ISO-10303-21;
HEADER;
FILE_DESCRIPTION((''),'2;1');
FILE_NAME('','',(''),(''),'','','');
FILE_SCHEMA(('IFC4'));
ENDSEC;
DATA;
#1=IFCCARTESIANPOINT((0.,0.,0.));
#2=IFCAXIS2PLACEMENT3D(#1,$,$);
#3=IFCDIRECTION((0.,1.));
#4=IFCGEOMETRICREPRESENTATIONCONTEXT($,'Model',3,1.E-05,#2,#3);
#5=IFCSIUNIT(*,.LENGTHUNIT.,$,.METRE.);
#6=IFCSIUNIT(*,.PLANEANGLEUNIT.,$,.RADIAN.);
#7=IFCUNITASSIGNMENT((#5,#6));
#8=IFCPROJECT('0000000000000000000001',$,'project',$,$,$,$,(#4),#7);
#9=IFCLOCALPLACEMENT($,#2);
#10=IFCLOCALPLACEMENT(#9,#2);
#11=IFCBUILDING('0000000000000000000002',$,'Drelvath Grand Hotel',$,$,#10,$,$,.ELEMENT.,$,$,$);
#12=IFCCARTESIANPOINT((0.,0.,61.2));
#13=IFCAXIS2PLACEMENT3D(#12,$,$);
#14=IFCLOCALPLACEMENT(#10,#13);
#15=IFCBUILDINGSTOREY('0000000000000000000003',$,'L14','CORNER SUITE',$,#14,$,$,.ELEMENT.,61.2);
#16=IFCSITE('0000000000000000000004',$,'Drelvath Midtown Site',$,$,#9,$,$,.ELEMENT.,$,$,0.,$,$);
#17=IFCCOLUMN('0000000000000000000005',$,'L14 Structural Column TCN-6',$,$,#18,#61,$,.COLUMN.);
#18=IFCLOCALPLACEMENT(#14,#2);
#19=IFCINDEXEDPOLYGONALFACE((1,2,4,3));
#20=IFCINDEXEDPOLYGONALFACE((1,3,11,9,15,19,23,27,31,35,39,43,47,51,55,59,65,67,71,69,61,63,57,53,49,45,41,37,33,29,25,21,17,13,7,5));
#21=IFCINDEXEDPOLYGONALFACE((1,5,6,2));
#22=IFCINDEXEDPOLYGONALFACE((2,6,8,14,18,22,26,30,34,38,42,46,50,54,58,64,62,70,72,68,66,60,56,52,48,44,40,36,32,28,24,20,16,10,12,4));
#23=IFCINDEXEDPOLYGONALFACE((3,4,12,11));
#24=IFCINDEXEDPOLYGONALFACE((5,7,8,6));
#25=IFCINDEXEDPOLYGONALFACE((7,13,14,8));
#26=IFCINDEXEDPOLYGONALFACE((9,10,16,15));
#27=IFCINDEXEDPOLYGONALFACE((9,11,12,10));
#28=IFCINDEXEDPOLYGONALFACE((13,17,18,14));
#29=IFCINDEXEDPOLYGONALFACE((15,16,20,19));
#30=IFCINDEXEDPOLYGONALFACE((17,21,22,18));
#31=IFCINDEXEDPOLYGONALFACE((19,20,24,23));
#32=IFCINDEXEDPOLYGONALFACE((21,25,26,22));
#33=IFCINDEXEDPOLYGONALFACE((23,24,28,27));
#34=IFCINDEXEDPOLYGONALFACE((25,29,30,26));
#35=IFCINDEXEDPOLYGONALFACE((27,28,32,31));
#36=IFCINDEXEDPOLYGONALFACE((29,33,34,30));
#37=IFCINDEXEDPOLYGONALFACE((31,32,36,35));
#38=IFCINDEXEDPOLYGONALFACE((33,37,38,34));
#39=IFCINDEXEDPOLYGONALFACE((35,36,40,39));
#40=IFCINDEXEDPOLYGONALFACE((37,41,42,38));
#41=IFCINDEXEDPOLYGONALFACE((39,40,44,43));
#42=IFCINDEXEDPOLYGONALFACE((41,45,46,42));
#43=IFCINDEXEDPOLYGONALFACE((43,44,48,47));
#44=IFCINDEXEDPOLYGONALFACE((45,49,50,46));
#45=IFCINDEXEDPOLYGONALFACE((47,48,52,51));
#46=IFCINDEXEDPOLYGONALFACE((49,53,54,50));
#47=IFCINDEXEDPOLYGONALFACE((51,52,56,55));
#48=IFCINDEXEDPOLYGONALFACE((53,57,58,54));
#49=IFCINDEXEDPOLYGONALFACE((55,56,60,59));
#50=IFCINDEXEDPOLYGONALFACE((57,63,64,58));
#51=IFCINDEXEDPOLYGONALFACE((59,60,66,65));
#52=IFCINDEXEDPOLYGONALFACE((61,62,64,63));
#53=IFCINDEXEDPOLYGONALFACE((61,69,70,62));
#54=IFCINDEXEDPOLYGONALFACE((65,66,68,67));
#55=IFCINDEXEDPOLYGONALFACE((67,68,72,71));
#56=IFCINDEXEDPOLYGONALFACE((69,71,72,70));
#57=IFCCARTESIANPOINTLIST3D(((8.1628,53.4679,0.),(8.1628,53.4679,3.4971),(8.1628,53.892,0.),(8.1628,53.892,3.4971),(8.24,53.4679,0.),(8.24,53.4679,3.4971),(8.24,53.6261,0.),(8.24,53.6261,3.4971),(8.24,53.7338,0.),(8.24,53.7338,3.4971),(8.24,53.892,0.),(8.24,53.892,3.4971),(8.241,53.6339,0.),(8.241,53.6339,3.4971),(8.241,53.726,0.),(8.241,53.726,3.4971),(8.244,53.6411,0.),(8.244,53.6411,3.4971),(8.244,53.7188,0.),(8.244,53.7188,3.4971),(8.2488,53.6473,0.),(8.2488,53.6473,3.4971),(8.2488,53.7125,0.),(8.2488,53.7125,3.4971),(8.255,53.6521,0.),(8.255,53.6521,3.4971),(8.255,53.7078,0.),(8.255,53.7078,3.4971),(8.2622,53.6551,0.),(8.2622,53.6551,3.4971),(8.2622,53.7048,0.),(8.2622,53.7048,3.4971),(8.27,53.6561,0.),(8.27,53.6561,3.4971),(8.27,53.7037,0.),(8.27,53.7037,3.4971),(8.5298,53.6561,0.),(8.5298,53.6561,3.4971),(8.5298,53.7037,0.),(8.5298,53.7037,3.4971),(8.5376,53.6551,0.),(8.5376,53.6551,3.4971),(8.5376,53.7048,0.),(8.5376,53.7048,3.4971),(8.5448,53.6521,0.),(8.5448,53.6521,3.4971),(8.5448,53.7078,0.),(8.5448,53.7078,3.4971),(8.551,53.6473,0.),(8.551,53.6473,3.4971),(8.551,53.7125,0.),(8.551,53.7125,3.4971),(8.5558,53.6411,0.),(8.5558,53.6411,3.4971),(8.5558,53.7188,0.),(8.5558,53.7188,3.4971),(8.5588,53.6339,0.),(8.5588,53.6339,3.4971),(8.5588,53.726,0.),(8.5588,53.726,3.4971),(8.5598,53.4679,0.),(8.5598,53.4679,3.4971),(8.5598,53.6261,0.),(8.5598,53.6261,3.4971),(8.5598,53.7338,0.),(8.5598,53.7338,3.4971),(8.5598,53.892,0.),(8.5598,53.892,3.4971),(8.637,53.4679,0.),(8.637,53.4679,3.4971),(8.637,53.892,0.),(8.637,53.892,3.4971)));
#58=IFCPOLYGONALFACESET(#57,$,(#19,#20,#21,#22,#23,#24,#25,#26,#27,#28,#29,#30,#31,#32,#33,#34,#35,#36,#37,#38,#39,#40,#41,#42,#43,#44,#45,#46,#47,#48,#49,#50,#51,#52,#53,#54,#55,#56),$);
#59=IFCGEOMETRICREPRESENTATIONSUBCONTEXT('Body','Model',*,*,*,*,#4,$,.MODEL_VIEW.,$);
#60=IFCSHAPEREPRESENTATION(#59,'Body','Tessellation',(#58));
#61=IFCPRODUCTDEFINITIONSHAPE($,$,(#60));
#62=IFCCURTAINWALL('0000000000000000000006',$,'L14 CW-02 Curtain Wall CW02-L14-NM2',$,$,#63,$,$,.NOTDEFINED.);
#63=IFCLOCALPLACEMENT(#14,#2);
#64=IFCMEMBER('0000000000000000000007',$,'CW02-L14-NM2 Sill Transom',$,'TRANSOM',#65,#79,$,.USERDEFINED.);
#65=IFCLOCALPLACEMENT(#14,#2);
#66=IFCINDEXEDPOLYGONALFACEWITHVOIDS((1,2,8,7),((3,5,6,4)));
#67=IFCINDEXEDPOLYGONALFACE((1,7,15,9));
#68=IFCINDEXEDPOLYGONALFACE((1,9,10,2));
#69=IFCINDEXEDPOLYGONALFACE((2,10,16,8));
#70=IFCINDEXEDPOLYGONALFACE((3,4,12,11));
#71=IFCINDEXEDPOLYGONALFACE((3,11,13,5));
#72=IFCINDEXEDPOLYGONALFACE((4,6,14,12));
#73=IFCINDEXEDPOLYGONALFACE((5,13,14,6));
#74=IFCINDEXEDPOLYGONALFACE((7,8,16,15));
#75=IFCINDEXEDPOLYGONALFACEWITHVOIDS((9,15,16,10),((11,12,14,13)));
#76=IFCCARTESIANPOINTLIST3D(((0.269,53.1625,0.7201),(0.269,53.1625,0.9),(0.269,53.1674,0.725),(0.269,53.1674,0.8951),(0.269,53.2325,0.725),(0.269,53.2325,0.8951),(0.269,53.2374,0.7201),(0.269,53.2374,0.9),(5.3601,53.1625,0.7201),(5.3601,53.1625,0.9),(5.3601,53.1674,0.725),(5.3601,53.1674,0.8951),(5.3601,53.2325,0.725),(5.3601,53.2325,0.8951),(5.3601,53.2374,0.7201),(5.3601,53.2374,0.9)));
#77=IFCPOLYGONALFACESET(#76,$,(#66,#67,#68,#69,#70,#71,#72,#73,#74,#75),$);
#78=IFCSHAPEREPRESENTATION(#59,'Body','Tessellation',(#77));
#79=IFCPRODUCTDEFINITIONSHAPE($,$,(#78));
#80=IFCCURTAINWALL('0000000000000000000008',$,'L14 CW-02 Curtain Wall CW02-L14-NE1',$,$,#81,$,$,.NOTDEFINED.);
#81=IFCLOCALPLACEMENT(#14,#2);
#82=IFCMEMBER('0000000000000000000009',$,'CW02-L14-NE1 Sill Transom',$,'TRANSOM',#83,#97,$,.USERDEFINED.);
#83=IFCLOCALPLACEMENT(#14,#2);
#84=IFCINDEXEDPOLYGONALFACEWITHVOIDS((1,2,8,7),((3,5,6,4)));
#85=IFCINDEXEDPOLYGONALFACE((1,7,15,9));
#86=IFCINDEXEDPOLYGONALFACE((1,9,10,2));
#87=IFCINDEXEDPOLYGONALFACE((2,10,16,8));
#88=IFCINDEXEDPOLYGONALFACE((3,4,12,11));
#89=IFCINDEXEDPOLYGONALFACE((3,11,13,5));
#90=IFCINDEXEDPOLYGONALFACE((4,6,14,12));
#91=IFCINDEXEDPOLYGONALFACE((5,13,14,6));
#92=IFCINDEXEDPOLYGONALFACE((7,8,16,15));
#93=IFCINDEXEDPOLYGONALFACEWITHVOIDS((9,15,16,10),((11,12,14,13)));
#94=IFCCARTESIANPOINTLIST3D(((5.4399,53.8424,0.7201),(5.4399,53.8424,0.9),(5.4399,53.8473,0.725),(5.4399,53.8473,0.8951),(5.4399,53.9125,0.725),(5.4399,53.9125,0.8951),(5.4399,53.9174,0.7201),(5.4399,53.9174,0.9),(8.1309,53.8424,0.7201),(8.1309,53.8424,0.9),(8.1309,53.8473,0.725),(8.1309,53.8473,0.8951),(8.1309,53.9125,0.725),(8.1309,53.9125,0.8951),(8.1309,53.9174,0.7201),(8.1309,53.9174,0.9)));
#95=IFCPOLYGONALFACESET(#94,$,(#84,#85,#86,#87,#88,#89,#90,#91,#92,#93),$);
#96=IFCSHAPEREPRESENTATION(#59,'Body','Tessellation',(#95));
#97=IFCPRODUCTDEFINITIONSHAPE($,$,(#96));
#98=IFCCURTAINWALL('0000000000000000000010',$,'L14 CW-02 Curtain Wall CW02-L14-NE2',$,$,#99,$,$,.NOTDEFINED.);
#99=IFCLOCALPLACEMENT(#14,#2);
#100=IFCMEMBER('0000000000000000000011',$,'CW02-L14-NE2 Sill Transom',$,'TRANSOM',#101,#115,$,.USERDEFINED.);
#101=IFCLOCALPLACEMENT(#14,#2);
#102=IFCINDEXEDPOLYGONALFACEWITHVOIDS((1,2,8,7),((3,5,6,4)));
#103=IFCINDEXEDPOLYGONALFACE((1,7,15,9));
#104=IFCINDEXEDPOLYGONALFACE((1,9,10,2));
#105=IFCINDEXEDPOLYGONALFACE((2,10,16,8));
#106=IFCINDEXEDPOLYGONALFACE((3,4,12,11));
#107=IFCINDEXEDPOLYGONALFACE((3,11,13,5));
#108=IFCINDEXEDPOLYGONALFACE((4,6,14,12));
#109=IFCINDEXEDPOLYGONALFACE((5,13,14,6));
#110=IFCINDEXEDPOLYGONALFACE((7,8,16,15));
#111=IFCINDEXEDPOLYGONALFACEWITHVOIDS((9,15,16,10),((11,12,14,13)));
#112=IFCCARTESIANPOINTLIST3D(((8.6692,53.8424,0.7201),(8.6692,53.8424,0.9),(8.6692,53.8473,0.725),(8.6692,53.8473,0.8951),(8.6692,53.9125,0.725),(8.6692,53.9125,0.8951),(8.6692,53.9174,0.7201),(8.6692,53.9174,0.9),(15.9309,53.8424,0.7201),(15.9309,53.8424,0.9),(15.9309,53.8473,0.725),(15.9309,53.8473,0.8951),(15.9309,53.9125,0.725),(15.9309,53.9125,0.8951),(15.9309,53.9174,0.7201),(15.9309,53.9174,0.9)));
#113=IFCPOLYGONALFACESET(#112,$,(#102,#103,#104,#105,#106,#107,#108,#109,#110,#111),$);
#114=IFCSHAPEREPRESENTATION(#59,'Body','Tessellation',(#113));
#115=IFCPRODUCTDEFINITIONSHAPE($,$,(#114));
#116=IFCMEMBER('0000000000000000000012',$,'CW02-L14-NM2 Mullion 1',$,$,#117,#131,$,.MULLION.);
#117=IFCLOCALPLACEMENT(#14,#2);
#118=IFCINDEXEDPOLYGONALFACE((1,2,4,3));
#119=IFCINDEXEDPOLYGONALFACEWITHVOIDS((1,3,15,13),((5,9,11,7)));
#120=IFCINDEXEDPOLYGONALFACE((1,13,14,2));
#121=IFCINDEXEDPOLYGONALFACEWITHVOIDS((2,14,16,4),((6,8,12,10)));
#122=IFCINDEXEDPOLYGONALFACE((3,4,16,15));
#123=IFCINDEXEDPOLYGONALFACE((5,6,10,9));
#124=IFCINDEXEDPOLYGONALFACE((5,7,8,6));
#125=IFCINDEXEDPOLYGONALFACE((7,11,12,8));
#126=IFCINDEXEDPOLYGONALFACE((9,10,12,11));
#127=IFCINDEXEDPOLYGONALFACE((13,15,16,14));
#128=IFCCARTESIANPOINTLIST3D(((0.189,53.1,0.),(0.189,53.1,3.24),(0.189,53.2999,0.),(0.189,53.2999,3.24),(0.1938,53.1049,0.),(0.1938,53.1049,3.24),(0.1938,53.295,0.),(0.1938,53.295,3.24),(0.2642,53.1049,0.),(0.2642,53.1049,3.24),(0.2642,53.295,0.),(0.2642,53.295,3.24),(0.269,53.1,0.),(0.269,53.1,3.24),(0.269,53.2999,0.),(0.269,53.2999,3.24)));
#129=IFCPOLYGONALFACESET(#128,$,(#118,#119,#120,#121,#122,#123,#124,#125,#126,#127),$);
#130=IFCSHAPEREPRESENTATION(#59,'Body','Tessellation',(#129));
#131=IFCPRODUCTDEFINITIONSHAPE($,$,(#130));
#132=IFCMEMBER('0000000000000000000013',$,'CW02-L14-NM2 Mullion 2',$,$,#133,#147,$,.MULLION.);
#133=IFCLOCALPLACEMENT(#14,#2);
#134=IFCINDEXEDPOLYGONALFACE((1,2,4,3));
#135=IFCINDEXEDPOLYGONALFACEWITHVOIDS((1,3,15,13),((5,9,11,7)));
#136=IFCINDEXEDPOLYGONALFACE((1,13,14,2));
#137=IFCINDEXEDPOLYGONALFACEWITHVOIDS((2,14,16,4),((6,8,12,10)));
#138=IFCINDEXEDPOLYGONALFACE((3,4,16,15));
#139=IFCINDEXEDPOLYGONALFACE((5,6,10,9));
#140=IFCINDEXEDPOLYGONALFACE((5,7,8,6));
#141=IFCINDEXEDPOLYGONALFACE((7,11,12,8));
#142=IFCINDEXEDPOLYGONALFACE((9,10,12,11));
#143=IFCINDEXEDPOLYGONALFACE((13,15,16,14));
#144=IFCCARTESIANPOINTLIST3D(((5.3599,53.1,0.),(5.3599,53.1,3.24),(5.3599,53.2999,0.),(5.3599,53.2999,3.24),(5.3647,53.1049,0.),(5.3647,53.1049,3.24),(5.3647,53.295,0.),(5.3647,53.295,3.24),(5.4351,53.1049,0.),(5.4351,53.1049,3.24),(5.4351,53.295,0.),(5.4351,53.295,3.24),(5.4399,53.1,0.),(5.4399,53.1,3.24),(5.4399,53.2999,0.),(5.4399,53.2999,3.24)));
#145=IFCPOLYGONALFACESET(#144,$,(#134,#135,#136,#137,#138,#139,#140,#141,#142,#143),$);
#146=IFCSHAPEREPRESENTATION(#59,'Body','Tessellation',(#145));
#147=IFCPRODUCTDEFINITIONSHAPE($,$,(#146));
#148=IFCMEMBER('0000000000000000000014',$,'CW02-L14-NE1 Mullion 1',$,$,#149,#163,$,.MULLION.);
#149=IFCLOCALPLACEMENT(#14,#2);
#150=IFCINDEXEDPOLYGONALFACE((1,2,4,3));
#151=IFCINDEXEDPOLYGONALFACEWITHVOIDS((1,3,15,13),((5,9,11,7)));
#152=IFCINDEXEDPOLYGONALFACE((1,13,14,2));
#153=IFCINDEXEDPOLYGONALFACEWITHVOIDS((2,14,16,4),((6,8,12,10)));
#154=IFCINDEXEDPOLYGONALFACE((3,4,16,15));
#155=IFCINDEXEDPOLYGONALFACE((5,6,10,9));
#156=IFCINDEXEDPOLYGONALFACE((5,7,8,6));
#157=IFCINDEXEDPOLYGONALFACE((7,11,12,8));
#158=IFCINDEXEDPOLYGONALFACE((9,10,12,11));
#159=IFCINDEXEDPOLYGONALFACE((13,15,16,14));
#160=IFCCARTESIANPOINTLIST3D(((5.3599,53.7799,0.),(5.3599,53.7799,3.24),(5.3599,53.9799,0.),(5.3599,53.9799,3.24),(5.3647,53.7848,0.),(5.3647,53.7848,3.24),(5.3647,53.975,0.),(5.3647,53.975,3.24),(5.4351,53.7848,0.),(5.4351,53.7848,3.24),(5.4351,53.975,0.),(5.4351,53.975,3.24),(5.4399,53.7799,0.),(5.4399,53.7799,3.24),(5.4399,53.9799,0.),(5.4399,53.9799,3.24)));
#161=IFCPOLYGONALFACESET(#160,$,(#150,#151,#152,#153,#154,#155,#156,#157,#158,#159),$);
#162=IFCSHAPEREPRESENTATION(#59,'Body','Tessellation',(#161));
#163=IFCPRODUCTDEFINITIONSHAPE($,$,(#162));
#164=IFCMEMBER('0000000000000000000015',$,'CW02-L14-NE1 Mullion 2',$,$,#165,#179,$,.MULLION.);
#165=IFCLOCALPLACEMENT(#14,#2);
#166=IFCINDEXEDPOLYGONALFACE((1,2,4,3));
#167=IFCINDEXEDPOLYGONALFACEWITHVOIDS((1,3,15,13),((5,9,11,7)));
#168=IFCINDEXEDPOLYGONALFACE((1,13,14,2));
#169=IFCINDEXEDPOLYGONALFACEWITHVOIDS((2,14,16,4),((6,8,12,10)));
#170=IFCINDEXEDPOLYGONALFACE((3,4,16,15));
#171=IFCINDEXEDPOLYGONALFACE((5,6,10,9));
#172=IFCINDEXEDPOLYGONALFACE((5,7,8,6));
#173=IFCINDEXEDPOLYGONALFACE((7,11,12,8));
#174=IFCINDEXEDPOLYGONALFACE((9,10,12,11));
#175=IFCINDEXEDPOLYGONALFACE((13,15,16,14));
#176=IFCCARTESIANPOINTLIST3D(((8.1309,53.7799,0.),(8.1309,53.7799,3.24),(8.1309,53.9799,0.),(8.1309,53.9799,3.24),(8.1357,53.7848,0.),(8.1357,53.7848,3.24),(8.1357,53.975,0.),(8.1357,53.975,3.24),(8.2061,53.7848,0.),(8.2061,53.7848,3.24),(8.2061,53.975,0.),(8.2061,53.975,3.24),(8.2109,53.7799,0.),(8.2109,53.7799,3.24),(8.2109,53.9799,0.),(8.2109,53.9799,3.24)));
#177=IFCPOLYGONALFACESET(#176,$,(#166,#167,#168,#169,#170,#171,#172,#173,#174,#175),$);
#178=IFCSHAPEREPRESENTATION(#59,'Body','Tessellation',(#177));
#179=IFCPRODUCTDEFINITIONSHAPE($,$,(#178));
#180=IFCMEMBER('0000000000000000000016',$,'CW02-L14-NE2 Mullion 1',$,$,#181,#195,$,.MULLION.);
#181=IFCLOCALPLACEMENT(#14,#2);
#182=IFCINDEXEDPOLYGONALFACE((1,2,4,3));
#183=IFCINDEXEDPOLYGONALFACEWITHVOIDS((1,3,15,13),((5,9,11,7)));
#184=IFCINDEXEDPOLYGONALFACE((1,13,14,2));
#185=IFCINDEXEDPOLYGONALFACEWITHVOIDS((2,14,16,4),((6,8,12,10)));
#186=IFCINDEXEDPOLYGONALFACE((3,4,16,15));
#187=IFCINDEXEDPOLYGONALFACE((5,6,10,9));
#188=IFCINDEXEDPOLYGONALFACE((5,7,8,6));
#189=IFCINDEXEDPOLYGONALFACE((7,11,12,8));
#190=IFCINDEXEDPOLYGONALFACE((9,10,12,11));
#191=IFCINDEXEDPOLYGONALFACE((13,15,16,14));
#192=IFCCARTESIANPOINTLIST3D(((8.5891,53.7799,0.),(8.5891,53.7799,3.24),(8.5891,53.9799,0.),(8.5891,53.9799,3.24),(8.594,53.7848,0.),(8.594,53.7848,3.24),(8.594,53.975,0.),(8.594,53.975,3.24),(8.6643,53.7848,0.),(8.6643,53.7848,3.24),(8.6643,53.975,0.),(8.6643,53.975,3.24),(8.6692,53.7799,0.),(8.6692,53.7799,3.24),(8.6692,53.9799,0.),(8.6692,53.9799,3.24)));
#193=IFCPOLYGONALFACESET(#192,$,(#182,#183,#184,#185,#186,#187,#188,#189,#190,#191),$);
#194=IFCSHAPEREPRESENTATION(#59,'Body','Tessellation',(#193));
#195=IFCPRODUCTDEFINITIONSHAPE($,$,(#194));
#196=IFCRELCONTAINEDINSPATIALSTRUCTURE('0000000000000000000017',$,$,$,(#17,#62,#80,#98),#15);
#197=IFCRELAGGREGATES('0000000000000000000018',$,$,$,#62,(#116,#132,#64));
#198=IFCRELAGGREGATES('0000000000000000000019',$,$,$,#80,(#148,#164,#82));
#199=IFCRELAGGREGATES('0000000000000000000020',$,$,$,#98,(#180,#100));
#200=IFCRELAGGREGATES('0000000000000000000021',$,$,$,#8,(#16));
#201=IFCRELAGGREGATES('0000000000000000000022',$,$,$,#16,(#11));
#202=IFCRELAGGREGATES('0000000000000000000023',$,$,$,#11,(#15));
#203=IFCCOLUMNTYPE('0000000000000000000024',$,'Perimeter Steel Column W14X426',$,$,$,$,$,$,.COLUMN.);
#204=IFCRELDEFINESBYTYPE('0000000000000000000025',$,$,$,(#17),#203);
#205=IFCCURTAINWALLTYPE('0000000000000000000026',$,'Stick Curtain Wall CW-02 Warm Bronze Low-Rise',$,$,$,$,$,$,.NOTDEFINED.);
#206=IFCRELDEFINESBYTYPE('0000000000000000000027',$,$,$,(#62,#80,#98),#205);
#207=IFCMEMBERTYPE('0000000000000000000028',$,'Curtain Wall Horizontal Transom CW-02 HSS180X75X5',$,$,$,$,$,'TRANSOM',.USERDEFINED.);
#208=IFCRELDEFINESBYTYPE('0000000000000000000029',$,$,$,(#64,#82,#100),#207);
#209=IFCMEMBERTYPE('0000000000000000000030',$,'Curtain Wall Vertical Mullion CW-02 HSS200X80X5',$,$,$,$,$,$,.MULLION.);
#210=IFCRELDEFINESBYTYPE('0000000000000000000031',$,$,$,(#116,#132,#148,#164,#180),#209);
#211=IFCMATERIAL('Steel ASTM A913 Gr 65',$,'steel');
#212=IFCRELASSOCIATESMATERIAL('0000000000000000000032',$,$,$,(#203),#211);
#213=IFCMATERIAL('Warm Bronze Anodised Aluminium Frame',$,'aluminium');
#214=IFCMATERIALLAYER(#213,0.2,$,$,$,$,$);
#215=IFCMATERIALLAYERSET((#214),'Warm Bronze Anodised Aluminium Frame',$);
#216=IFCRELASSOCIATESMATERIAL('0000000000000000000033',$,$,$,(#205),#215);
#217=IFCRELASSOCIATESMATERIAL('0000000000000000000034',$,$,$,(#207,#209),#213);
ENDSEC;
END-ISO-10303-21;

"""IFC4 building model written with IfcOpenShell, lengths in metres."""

from ifc_helpers import new_model, si_unit, direction, frame, origin, origin_2d, place, context, subcontext, project, spatial, hollow_rectangle, i_section, extrude, material, layer, layer_set, material_profile, profile_set, type_object, element, aggregate, save


model = new_model("IFC4")

# Units and contexts
model_context = context("Model", 3, precision=1e-05, world=origin(), true_north=direction((0.0, 1.0)))
body_context = subcontext(model_context, "Body", "Model", "MODEL_VIEW")
ifc_project = project(units=[si_unit("LENGTHUNIT", "METRE"), si_unit("PLANEANGLEUNIT", "RADIAN")], contexts=[model_context])

# Site, building, storey
site_placement = place(None, origin())
site = spatial("IfcSite", under=ifc_project, at=site_placement, Name="Drelvath Midtown Site", CompositionType="ELEMENT", RefElevation=0.0)
building_placement = place(site_placement, origin())
building = spatial("IfcBuilding", under=site, at=building_placement, Name="Drelvath Grand Hotel", CompositionType="ELEMENT")
storey_placement = place(building_placement, frame((0.0, 0.0, 61.2)))
storey = spatial("IfcBuildingStorey", under=building, at=storey_placement, Name="L14", Description="CORNER SUITE", CompositionType="ELEMENT", Elevation=61.2)

# Column
ifc_material_1 = material(Name="Steel ASTM A913 Gr 65", Category="steel")
ifc_material_profile_1 = material_profile(ifc_material_1, i_section(OverallWidth=0.4241, OverallDepth=0.4741, WebThickness=0.0476, FlangeThickness=0.0771, FilletRadius=0.03, at=origin_2d()), Name="W14X426")
ifc_profile_set_1 = profile_set([ifc_material_profile_1], Name="Steel ASTM A913 Gr 65")
column_type = type_object("IfcColumnType", Name="Perimeter Steel Column W14X426", PredefinedType="COLUMN", material=ifc_profile_set_1)
column_placement = place(storey_placement, frame((8.3999, 53.6799, 0.0), z_axis=(0.0, 0.0, 1.0), x_axis=(0.0, 1.0, 0.0)))
element("IfcColumn", 1, at=column_placement, inside=storey, type_object=column_type, Name="L14 Structural Column TCN-6", PredefinedType="COLUMN", context=body_context, shape_type="SweptSolid", body=[
    extrude(i_section(OverallWidth=0.4241, OverallDepth=0.4741, WebThickness=0.0476, FlangeThickness=0.0771, FilletRadius=0.03, at=origin_2d()), origin(), (0.0, 0.0, 1.0), 3.4971),
])

# Curtain walls, members
ifc_material_2 = material(Name="Warm Bronze Anodised Aluminium Frame", Category="aluminium")
ifc_layer_1 = layer(ifc_material_2, 0.2)
ifc_layer_set_1 = layer_set([ifc_layer_1], Name="Warm Bronze Anodised Aluminium Frame")
curtain_wall_type = type_object("IfcCurtainWallType", Name="Stick Curtain Wall CW-02 Warm Bronze Low-Rise", PredefinedType="NOTDEFINED", material=ifc_layer_set_1)
curtain_wall_1_placement = place(storey_placement, origin())
curtain_wall_1 = element("IfcCurtainWall", 2, at=curtain_wall_1_placement, inside=storey, type_object=curtain_wall_type, Name="L14 CW-02 Curtain Wall CW02-L14-NM2", PredefinedType="NOTDEFINED")
ifc_material_profile_2 = material_profile(ifc_material_2, hollow_rectangle(XDim=0.075, YDim=0.1799, WallThickness=0.0049, at=origin_2d()), Name="HSS180X75X5")
ifc_profile_set_2 = profile_set([ifc_material_profile_2], Name="Warm Bronze Anodised Aluminium Frame")
member_type_1 = type_object("IfcMemberType", Name="Curtain Wall Horizontal Transom CW-02 HSS180X75X5", ElementType="TRANSOM", PredefinedType="USERDEFINED", material=ifc_profile_set_2)
member_1_placement = place(storey_placement, frame((0.269, 53.2, 0.8101), z_axis=(1.0, 0.0, 0.0), x_axis=(0.0, 1.0, 0.0)))
member_1 = element("IfcMember", 3, at=member_1_placement, type_object=member_type_1, Name="CW02-L14-NM2 Sill Transom", ObjectType="TRANSOM", PredefinedType="USERDEFINED", context=body_context, shape_type="SweptSolid", body=[
    extrude(hollow_rectangle(XDim=0.075, YDim=0.1799, WallThickness=0.0049, at=origin_2d()), origin(), (0.0, 0.0, 1.0), 5.0911),
])
curtain_wall_2_placement = place(storey_placement, origin())
curtain_wall_2 = element("IfcCurtainWall", 4, at=curtain_wall_2_placement, inside=storey, type_object=curtain_wall_type, Name="L14 CW-02 Curtain Wall CW02-L14-NE1", PredefinedType="NOTDEFINED")
member_2_placement = place(storey_placement, frame((5.4399, 53.8799, 0.8101), z_axis=(1.0, 0.0, 0.0), x_axis=(0.0, 1.0, 0.0)))
member_2 = element("IfcMember", 5, at=member_2_placement, type_object=member_type_1, Name="CW02-L14-NE1 Sill Transom", ObjectType="TRANSOM", PredefinedType="USERDEFINED", context=body_context, shape_type="SweptSolid", body=[
    extrude(hollow_rectangle(XDim=0.075, YDim=0.1799, WallThickness=0.0049, at=origin_2d()), origin(), (0.0, 0.0, 1.0), 2.6909),
])
curtain_wall_3_placement = place(storey_placement, origin())
curtain_wall_3 = element("IfcCurtainWall", 6, at=curtain_wall_3_placement, inside=storey, type_object=curtain_wall_type, Name="L14 CW-02 Curtain Wall CW02-L14-NE2", PredefinedType="NOTDEFINED")
member_3_placement = place(storey_placement, frame((8.6692, 53.8799, 0.8101), z_axis=(1.0, 0.0, 0.0), x_axis=(0.0, 1.0, 0.0)))
member_3 = element("IfcMember", 7, at=member_3_placement, type_object=member_type_1, Name="CW02-L14-NE2 Sill Transom", ObjectType="TRANSOM", PredefinedType="USERDEFINED", context=body_context, shape_type="SweptSolid", body=[
    extrude(hollow_rectangle(XDim=0.075, YDim=0.1799, WallThickness=0.0049, at=origin_2d()), origin(), (0.0, 0.0, 1.0), 7.2617),
])

# Members
ifc_material_profile_3 = material_profile(ifc_material_2, hollow_rectangle(XDim=0.0801, YDim=0.2, WallThickness=0.0049, at=origin_2d()), Name="HSS200X80X5")
ifc_profile_set_3 = profile_set([ifc_material_profile_3], Name="Warm Bronze Anodised Aluminium Frame")
member_type_2 = type_object("IfcMemberType", Name="Curtain Wall Vertical Mullion CW-02 HSS200X80X5", PredefinedType="MULLION", material=ifc_profile_set_3)
member_4_placement = place(storey_placement, frame((0.229, 53.2, 0.0), z_axis=(0.0, 0.0, 1.0), x_axis=(1.0, 0.0, 0.0)))
member_4 = element("IfcMember", 8, at=member_4_placement, type_object=member_type_2, Name="CW02-L14-NM2 Mullion 1", PredefinedType="MULLION", context=body_context, shape_type="SweptSolid", body=[
    extrude(hollow_rectangle(XDim=0.0801, YDim=0.2, WallThickness=0.0049, at=origin_2d()), origin(), (0.0, 0.0, 1.0), 3.24),
])
member_5_placement = place(storey_placement, frame((5.3999, 53.2, 0.0), z_axis=(0.0, 0.0, 1.0), x_axis=(1.0, 0.0, 0.0)))
member_5 = element("IfcMember", 9, at=member_5_placement, type_object=member_type_2, Name="CW02-L14-NM2 Mullion 2", PredefinedType="MULLION", context=body_context, shape_type="SweptSolid", body=[
    extrude(hollow_rectangle(XDim=0.0801, YDim=0.2, WallThickness=0.0049, at=origin_2d()), origin(), (0.0, 0.0, 1.0), 3.24),
])
member_6_placement = place(storey_placement, frame((5.3999, 53.8799, 0.0), z_axis=(0.0, 0.0, 1.0), x_axis=(1.0, 0.0, 0.0)))
member_6 = element("IfcMember", 10, at=member_6_placement, type_object=member_type_2, Name="CW02-L14-NE1 Mullion 1", PredefinedType="MULLION", context=body_context, shape_type="SweptSolid", body=[
    extrude(hollow_rectangle(XDim=0.0801, YDim=0.2, WallThickness=0.0049, at=origin_2d()), origin(), (0.0, 0.0, 1.0), 3.24),
])
member_7_placement = place(storey_placement, frame((8.1709, 53.8799, 0.0), z_axis=(0.0, 0.0, 1.0), x_axis=(1.0, 0.0, 0.0)))
member_7 = element("IfcMember", 11, at=member_7_placement, type_object=member_type_2, Name="CW02-L14-NE1 Mullion 2", PredefinedType="MULLION", context=body_context, shape_type="SweptSolid", body=[
    extrude(hollow_rectangle(XDim=0.0801, YDim=0.2, WallThickness=0.0049, at=origin_2d()), origin(), (0.0, 0.0, 1.0), 3.24),
])
member_8_placement = place(storey_placement, frame((8.6292, 53.8799, 0.0), z_axis=(0.0, 0.0, 1.0), x_axis=(1.0, 0.0, 0.0)))
member_8 = element("IfcMember", 12, at=member_8_placement, type_object=member_type_2, Name="CW02-L14-NE2 Mullion 1", PredefinedType="MULLION", context=body_context, shape_type="SweptSolid", body=[
    extrude(hollow_rectangle(XDim=0.0801, YDim=0.2, WallThickness=0.0049, at=origin_2d()), origin(), (0.0, 0.0, 1.0), 3.24),
])

aggregate(curtain_wall_1, [member_4, member_5, member_1])
aggregate(curtain_wall_2, [member_6, member_7, member_2])
aggregate(curtain_wall_3, [member_8, member_3])

save(model, "model.ifc")
